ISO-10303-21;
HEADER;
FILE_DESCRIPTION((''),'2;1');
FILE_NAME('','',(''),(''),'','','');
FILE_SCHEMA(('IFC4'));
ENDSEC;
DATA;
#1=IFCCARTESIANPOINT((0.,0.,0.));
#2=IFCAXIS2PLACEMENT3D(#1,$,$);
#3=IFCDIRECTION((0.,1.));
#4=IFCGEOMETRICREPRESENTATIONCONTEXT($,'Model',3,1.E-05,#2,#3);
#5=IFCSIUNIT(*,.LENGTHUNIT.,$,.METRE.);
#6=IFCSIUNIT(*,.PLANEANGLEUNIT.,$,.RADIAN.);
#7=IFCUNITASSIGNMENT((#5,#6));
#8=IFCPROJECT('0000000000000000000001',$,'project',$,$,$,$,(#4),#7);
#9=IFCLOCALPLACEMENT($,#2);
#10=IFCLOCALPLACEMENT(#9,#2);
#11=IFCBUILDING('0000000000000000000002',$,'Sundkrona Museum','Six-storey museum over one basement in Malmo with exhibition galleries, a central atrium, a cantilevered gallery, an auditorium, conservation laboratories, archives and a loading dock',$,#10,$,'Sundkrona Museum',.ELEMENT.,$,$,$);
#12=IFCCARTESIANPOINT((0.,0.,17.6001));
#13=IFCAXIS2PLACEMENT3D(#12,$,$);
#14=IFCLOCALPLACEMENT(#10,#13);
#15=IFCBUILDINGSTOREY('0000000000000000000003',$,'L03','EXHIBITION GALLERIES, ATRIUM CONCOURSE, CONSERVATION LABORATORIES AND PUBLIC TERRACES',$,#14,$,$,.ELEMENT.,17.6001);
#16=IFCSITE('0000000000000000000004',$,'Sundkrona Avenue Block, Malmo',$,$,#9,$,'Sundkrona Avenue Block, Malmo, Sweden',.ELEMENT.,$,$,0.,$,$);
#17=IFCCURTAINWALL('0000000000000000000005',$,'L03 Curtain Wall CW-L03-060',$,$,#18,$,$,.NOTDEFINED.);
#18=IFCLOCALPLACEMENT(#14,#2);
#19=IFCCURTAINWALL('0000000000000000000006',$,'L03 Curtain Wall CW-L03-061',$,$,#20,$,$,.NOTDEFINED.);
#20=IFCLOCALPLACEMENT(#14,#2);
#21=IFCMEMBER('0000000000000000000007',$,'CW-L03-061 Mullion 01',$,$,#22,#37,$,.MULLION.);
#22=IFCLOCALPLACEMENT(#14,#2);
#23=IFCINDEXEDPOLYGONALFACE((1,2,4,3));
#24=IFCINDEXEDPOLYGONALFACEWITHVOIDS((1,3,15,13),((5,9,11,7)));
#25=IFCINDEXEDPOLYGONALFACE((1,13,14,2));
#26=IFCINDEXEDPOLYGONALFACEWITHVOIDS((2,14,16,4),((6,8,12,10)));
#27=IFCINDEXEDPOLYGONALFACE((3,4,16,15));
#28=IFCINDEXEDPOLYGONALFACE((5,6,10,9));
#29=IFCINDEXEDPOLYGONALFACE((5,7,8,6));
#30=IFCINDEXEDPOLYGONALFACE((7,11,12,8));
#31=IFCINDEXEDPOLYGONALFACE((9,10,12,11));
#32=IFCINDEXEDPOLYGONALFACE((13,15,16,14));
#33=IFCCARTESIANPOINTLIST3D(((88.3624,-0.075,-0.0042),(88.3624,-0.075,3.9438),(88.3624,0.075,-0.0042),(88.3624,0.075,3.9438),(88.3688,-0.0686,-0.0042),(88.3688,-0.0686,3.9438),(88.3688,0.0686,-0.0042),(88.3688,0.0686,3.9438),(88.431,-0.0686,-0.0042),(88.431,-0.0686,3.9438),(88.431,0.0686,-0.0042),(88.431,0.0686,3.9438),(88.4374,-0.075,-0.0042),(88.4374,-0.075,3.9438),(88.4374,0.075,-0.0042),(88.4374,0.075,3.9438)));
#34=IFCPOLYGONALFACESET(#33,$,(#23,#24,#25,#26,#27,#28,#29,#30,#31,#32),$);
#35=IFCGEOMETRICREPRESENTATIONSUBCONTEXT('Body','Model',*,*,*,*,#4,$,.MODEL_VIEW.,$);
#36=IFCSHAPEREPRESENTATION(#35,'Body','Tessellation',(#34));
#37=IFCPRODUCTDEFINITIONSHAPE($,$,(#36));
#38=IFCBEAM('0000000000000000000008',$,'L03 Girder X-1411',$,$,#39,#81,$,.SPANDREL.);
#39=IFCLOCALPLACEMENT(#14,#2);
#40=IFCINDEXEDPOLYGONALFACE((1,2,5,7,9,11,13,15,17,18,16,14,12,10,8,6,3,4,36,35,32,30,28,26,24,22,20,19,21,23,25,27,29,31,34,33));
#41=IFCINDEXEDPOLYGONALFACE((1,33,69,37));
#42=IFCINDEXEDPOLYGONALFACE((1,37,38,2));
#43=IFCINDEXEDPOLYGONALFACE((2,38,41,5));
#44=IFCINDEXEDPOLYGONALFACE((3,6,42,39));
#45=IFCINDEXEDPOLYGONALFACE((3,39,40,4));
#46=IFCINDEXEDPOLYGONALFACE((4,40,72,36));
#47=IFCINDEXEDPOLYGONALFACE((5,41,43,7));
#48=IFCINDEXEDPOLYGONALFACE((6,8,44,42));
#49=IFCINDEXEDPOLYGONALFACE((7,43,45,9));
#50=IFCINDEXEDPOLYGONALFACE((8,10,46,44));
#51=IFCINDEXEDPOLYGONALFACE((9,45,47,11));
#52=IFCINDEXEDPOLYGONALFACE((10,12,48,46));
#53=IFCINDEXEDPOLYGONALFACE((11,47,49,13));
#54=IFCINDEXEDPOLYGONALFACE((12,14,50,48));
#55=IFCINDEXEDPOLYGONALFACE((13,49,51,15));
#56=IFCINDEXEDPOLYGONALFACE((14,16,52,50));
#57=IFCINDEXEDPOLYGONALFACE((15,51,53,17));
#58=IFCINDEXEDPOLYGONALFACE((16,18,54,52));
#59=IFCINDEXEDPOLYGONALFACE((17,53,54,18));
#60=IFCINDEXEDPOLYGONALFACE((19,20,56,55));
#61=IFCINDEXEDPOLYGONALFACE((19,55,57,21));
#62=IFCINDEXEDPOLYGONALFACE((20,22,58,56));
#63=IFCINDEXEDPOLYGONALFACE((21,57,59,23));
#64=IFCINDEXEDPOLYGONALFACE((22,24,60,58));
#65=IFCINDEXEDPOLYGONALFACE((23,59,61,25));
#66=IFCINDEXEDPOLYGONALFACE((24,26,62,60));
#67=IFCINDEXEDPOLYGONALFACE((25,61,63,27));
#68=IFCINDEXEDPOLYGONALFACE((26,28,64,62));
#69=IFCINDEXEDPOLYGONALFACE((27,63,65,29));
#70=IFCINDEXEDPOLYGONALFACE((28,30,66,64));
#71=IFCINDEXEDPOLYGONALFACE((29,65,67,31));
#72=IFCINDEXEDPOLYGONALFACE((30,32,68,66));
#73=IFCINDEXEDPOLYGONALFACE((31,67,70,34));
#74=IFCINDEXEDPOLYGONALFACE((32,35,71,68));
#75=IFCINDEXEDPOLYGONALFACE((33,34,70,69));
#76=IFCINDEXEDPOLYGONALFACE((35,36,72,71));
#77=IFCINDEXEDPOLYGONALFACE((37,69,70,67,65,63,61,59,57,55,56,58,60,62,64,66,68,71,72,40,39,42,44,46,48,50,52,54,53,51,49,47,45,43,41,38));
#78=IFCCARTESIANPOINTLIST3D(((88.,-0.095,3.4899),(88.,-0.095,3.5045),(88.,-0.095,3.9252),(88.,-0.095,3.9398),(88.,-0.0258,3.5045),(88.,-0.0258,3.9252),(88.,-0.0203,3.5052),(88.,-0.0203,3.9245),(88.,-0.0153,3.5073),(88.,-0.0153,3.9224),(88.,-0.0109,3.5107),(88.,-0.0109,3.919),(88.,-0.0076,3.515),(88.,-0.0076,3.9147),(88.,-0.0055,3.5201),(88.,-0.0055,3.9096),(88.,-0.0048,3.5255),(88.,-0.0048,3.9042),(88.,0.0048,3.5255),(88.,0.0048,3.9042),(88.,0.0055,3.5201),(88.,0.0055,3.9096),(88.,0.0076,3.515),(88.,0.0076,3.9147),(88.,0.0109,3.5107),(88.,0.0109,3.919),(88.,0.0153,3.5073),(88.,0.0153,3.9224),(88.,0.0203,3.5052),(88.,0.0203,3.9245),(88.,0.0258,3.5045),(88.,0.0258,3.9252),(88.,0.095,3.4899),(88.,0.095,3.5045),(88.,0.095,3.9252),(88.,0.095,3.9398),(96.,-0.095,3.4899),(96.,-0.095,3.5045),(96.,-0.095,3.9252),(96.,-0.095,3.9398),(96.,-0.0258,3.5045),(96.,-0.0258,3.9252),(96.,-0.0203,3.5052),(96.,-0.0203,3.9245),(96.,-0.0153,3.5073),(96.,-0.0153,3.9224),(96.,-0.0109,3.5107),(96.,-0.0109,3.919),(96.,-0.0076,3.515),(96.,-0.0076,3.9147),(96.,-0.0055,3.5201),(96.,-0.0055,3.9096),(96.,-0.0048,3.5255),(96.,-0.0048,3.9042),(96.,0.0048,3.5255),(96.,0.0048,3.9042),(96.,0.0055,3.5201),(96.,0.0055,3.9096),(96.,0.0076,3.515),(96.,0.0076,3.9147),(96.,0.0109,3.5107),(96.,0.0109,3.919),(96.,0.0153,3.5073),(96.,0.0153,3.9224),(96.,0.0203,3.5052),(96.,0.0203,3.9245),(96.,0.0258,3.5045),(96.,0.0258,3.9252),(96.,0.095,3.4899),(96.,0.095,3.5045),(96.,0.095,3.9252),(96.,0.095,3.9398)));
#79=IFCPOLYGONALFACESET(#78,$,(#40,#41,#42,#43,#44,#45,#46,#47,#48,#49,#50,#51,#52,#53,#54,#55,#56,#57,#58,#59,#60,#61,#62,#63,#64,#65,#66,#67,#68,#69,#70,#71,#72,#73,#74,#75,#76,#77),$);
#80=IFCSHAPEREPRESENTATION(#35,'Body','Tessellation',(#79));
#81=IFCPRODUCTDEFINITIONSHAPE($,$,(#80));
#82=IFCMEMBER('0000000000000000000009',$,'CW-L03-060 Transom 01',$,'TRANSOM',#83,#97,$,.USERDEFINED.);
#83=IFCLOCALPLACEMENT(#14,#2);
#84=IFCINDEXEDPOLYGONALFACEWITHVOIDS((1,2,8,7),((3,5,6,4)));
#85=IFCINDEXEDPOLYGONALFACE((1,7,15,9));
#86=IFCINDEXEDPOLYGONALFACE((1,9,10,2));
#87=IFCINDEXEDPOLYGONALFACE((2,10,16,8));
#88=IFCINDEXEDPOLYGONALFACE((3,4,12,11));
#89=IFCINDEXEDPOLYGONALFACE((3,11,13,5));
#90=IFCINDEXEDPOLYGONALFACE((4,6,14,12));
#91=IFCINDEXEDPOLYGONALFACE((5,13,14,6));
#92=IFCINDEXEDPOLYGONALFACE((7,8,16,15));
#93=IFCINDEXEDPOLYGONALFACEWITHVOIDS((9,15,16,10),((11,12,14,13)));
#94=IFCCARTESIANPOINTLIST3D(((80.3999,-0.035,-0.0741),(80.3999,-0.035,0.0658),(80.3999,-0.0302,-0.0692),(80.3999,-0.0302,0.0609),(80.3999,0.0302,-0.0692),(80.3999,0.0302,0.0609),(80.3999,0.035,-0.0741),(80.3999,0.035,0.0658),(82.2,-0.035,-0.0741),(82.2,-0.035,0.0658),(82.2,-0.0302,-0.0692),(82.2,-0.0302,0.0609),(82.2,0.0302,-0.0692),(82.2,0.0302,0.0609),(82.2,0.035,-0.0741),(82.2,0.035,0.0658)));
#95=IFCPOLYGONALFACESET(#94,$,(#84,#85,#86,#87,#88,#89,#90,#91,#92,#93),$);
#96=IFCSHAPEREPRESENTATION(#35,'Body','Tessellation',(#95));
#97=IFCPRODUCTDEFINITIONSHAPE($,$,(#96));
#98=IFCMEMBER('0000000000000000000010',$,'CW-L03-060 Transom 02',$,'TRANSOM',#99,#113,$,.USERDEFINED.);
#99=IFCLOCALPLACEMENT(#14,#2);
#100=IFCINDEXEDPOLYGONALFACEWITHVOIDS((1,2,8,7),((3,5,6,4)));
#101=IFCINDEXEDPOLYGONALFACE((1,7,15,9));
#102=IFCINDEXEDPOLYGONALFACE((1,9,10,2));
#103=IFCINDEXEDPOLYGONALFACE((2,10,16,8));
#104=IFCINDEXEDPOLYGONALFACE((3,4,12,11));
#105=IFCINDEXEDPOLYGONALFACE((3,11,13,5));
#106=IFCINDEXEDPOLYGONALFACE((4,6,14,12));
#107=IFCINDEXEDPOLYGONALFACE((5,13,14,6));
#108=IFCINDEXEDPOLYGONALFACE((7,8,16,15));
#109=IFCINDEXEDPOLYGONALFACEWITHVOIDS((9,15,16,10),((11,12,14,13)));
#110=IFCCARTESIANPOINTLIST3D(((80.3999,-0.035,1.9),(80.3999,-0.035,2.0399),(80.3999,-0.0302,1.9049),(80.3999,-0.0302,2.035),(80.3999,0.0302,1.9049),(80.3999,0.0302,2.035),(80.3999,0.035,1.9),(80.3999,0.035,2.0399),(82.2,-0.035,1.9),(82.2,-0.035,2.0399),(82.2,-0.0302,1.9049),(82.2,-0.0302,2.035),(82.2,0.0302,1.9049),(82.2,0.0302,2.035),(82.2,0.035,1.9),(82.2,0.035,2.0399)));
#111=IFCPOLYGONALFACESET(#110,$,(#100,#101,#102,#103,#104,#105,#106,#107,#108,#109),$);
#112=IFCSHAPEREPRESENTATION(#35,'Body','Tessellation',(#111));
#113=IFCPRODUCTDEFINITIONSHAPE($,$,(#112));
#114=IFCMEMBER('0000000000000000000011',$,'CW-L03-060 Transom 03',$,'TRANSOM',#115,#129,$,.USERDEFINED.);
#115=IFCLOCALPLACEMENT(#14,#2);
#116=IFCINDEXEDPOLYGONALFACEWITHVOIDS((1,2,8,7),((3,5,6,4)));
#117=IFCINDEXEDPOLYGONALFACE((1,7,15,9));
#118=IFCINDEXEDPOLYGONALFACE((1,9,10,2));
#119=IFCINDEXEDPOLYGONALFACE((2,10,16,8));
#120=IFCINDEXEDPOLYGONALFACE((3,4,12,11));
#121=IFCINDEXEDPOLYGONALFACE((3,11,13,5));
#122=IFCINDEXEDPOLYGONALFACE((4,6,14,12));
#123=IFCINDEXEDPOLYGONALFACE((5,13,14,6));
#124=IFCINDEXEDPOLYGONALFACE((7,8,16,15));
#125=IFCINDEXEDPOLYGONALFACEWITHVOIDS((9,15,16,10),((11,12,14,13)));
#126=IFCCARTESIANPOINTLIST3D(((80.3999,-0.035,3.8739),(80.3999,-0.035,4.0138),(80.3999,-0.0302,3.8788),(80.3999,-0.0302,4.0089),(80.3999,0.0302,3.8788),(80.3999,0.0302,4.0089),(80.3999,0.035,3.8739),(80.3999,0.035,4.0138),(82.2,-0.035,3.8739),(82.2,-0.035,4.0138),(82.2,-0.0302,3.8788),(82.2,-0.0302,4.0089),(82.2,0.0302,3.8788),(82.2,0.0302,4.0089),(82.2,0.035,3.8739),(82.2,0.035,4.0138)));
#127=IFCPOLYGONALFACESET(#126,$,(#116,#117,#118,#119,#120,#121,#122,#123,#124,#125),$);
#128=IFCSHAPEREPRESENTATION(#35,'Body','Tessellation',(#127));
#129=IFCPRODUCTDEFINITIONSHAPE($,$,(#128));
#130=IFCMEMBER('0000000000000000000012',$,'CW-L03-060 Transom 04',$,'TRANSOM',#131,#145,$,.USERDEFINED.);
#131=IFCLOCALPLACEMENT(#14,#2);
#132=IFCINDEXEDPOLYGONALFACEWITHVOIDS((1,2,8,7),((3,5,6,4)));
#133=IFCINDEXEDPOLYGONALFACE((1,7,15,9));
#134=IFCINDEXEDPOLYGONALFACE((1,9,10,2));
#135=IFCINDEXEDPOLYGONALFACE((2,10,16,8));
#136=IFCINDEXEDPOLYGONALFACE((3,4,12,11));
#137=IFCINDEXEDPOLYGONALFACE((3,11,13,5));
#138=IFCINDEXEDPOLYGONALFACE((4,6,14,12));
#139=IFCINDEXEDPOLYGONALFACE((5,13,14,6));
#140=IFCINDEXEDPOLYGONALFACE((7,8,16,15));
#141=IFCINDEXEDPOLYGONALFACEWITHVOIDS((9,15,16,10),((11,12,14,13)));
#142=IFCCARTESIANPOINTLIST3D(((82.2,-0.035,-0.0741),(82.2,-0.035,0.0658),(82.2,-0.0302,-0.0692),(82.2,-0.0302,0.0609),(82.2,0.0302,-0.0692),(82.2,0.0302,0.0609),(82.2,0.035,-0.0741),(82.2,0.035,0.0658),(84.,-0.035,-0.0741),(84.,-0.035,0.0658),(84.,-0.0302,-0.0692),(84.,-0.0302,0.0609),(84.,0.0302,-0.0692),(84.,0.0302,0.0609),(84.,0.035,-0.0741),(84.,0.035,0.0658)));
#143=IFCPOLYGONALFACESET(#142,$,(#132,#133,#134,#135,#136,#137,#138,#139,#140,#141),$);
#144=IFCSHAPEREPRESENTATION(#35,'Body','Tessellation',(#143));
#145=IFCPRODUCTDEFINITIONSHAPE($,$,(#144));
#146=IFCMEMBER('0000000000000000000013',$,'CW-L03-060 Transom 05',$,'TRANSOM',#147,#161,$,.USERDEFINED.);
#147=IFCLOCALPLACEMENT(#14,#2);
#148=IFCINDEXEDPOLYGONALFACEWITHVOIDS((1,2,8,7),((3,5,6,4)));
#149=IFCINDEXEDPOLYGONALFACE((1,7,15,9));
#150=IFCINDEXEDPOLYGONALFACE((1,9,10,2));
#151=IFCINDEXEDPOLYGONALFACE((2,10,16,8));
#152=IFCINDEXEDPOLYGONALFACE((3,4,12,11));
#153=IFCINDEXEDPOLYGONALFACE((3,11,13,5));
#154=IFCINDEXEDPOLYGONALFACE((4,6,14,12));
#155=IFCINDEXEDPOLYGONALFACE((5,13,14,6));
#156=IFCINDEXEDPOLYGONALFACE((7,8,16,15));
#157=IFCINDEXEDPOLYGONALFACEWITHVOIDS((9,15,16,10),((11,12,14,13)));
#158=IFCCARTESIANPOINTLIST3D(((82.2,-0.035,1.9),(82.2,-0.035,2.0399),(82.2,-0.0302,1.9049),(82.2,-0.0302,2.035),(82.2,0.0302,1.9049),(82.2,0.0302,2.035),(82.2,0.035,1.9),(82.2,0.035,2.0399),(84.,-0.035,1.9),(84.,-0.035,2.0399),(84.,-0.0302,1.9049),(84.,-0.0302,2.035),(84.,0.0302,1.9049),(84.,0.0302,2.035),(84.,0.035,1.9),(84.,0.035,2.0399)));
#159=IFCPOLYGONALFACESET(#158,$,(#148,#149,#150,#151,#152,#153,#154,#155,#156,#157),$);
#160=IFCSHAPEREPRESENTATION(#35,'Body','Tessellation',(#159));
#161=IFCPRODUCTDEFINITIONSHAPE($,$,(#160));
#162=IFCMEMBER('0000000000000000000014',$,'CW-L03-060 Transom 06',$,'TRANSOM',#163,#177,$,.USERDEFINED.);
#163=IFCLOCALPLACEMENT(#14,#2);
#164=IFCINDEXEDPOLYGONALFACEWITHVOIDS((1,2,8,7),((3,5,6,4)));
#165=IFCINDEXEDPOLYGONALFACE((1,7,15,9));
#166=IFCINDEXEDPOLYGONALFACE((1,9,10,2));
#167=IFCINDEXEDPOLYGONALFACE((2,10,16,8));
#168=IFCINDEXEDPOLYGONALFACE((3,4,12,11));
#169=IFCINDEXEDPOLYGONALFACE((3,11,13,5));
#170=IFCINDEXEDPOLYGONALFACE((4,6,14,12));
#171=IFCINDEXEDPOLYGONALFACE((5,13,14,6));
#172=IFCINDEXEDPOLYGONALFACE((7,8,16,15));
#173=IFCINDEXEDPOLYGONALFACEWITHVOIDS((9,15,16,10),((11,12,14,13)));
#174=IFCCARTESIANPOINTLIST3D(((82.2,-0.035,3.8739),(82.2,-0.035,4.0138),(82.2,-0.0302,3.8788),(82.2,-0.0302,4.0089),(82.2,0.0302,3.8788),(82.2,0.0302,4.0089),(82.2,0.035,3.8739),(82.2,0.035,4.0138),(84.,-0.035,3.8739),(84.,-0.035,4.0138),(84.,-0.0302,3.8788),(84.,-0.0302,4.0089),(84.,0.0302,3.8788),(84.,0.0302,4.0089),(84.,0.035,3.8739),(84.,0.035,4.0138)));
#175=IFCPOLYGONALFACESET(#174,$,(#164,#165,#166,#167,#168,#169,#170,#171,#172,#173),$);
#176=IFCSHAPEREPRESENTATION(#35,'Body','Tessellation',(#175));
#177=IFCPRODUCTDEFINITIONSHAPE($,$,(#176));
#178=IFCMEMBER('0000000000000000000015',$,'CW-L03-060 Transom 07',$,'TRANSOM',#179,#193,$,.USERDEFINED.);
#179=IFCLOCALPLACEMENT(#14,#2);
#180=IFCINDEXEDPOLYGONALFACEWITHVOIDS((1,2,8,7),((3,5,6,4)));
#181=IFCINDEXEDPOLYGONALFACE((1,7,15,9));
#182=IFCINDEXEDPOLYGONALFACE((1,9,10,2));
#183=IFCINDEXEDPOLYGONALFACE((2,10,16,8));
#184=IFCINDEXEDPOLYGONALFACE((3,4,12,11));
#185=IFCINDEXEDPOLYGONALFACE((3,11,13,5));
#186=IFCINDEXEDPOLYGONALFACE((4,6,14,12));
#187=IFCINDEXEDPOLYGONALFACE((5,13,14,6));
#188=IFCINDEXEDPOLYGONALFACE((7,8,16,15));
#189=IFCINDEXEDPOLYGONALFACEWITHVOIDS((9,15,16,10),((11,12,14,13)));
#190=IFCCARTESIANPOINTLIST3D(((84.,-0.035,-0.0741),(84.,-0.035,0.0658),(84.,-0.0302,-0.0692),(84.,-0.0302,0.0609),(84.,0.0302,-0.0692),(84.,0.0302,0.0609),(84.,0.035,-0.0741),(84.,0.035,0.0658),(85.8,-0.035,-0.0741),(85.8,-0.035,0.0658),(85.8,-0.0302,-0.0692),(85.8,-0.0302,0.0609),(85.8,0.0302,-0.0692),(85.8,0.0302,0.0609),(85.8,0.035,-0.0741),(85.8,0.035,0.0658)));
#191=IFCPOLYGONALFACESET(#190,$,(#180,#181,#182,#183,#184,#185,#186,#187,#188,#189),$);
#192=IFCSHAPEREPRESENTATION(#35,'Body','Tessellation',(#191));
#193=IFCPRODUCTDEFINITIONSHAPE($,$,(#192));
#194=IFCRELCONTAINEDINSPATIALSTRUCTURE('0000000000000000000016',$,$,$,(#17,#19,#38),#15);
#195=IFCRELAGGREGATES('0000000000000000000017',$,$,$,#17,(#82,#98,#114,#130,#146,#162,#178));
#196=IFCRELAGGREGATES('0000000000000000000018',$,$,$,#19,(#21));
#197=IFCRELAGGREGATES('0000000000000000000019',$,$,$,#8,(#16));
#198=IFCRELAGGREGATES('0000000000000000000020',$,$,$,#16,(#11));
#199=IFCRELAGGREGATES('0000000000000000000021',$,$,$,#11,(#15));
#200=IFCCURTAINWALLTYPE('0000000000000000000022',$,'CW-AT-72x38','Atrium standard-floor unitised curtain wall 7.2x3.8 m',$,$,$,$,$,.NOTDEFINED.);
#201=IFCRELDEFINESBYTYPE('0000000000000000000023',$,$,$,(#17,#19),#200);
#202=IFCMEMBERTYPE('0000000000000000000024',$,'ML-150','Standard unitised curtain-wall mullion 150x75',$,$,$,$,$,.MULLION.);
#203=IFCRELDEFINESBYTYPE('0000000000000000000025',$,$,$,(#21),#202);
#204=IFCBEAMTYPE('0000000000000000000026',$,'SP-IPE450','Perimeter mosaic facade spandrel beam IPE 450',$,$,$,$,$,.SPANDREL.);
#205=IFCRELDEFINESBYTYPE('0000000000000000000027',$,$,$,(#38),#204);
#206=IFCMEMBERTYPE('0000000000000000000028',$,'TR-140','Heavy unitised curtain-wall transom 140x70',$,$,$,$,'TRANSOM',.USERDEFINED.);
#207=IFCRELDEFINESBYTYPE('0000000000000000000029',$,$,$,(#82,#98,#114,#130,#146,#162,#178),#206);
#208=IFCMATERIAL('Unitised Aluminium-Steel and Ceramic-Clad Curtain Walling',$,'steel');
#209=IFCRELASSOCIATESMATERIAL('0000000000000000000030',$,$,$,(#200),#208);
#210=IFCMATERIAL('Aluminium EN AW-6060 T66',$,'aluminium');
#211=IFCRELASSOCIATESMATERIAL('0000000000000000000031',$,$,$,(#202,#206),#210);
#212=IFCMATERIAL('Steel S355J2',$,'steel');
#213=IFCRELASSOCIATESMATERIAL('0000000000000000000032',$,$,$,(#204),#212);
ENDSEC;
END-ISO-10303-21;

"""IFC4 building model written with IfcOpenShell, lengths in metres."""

from ifc_helpers import new_model, si_unit, direction, frame, origin, origin_2d, place, context, subcontext, project, spatial, hollow_rectangle, i_section, extrude, material, material_profile, profile_set, type_object, element, aggregate, save


model = new_model("IFC4")

# Units and contexts
model_context = context("Model", 3, precision=1e-05, world=origin(), true_north=direction((0.0, 1.0)))
body_context = subcontext(model_context, "Body", "Model", "MODEL_VIEW")
ifc_project = project(units=[si_unit("LENGTHUNIT", "METRE"), si_unit("PLANEANGLEUNIT", "RADIAN")], contexts=[model_context])

# Site, building, storey
site_placement = place(None, origin())
site = spatial("IfcSite", under=ifc_project, at=site_placement, Name="Sundkrona Avenue Block, Malmo", LongName="Sundkrona Avenue Block, Malmo, Sweden", CompositionType="ELEMENT", RefElevation=0.0)
building_placement = place(site_placement, origin())
building = spatial("IfcBuilding", under=site, at=building_placement, Name="Sundkrona Museum", Description="Six-storey museum over one basement in Malmo with exhibition galleries, a central atrium, a cantilevered gallery, an auditorium, conservation laboratories, archives and a loading dock", LongName="Sundkrona Museum", CompositionType="ELEMENT")
storey_placement = place(building_placement, frame((0.0, 0.0, 17.6001)))
storey = spatial("IfcBuildingStorey", under=building, at=storey_placement, Name="L03", Description="EXHIBITION GALLERIES, ATRIUM CONCOURSE, CONSERVATION LABORATORIES AND PUBLIC TERRACES", CompositionType="ELEMENT", Elevation=17.6001)

# Shared definitions
ifc_material_1 = material(Name="Steel S355J2", Category="steel")

# Curtain wall
ifc_material_2 = material(Name="Unitised Aluminium-Steel and Ceramic-Clad Curtain Walling", Category="steel")
curtain_wall_type = type_object("IfcCurtainWallType", Name="CW-AT-72x38", Description="Atrium standard-floor unitised curtain wall 7.2x3.8 m", PredefinedType="NOTDEFINED", material=ifc_material_2)
curtain_wall_1_placement = place(storey_placement, origin())
curtain_wall_1 = element("IfcCurtainWall", 1, at=curtain_wall_1_placement, inside=storey, type_object=curtain_wall_type, Name="L03 Curtain Wall CW-L03-060", PredefinedType="NOTDEFINED")
ifc_material_3 = material(Name="Aluminium EN AW-6060 T66", Category="aluminium")
ifc_material_profile_1 = material_profile(ifc_material_3, hollow_rectangle(XDim=0.075, YDim=0.1499, WallThickness=0.0063, at=origin_2d()), Name="RHS 150x75x6.3")
ifc_profile_set_1 = profile_set([ifc_material_profile_1], Name="Aluminium EN AW-6060 T66")
member_type_1 = type_object("IfcMemberType", Name="ML-150", Description="Standard unitised curtain-wall mullion 150x75", PredefinedType="MULLION", material=ifc_profile_set_1)

# Curtain wall, member
curtain_wall_2_placement = place(storey_placement, origin())
curtain_wall_2 = element("IfcCurtainWall", 2, at=curtain_wall_2_placement, inside=storey, type_object=curtain_wall_type, Name="L03 Curtain Wall CW-L03-061", PredefinedType="NOTDEFINED")
member_1_placement = place(storey_placement, frame((88.3999, 0.0, -0.0042), z_axis=(0.0, 0.0, 1.0), x_axis=(1.0, 0.0, 0.0)))
member_1 = element("IfcMember", 3, at=member_1_placement, type_object=member_type_1, Name="CW-L03-061 Mullion 01", PredefinedType="MULLION", context=body_context, shape_type="SweptSolid", body=[
    extrude(hollow_rectangle(XDim=0.075, YDim=0.1499, WallThickness=0.0063, at=origin_2d()), origin(), (0.0, 0.0, 1.0), 3.948),
])

# Beam
ifc_material_profile_2 = material_profile(ifc_material_1, i_section(OverallWidth=0.1899, OverallDepth=0.45, WebThickness=0.0095, FlangeThickness=0.0146, FilletRadius=0.021, at=origin_2d()), Name="IPE 450")
ifc_profile_set_2 = profile_set([ifc_material_profile_2], Name="Steel S355J2")
beam_type_1 = type_object("IfcBeamType", Name="SP-IPE450", Description="Perimeter mosaic facade spandrel beam IPE 450", PredefinedType="SPANDREL", material=ifc_profile_set_2)
beam_1_placement = place(storey_placement, frame((88.0, 0.0, 3.7148), z_axis=(1.0, 0.0, 0.0), x_axis=(0.0, 1.0, 0.0)))
element("IfcBeam", 4, at=beam_1_placement, inside=storey, type_object=beam_type_1, Name="L03 Girder X-1411", PredefinedType="SPANDREL", context=body_context, shape_type="SweptSolid", body=[
    extrude(i_section(OverallWidth=0.1899, OverallDepth=0.45, WebThickness=0.0095, FlangeThickness=0.0146, FilletRadius=0.021, at=origin_2d()), origin(), (0.0, 0.0, 1.0), 8.0),
])

# Members
ifc_material_profile_3 = material_profile(ifc_material_3, hollow_rectangle(XDim=0.0701, YDim=0.1399, WallThickness=0.0049, at=origin_2d()), Name="RHS 140x70x5.0")
ifc_profile_set_3 = profile_set([ifc_material_profile_3], Name="Aluminium EN AW-6060 T66")
member_type_2 = type_object("IfcMemberType", Name="TR-140", Description="Heavy unitised curtain-wall transom 140x70", ElementType="TRANSOM", PredefinedType="USERDEFINED", material=ifc_profile_set_3)
member_2_placement = place(storey_placement, frame((80.3999, 0.0, -0.0042), z_axis=(1.0, 0.0, 0.0), x_axis=(0.0, 1.0, 0.0)))
member_2 = element("IfcMember", 5, at=member_2_placement, type_object=member_type_2, Name="CW-L03-060 Transom 01", ObjectType="TRANSOM", PredefinedType="USERDEFINED", context=body_context, shape_type="SweptSolid", body=[
    extrude(hollow_rectangle(XDim=0.0701, YDim=0.1399, WallThickness=0.0049, at=origin_2d()), origin(), (0.0, 0.0, 1.0), 1.8),
])
member_3_placement = place(storey_placement, frame((80.3999, 0.0, 1.97), z_axis=(1.0, 0.0, 0.0), x_axis=(0.0, 1.0, 0.0)))
member_3 = element("IfcMember", 6, at=member_3_placement, type_object=member_type_2, Name="CW-L03-060 Transom 02", ObjectType="TRANSOM", PredefinedType="USERDEFINED", context=body_context, shape_type="SweptSolid", body=[
    extrude(hollow_rectangle(XDim=0.0701, YDim=0.1399, WallThickness=0.0049, at=origin_2d()), origin(), (0.0, 0.0, 1.0), 1.8),
])
member_4_placement = place(storey_placement, frame((80.3999, 0.0, 3.9438), z_axis=(1.0, 0.0, 0.0), x_axis=(0.0, 1.0, 0.0)))
member_4 = element("IfcMember", 7, at=member_4_placement, type_object=member_type_2, Name="CW-L03-060 Transom 03", ObjectType="TRANSOM", PredefinedType="USERDEFINED", context=body_context, shape_type="SweptSolid", body=[
    extrude(hollow_rectangle(XDim=0.0701, YDim=0.1399, WallThickness=0.0049, at=origin_2d()), origin(), (0.0, 0.0, 1.0), 1.8),
])
member_5_placement = place(storey_placement, frame((82.2, 0.0, -0.0042), z_axis=(1.0, 0.0, 0.0), x_axis=(0.0, 1.0, 0.0)))
member_5 = element("IfcMember", 8, at=member_5_placement, type_object=member_type_2, Name="CW-L03-060 Transom 04", ObjectType="TRANSOM", PredefinedType="USERDEFINED", context=body_context, shape_type="SweptSolid", body=[
    extrude(hollow_rectangle(XDim=0.0701, YDim=0.1399, WallThickness=0.0049, at=origin_2d()), origin(), (0.0, 0.0, 1.0), 1.8),
])
member_6_placement = place(storey_placement, frame((82.2, 0.0, 1.97), z_axis=(1.0, 0.0, 0.0), x_axis=(0.0, 1.0, 0.0)))
member_6 = element("IfcMember", 9, at=member_6_placement, type_object=member_type_2, Name="CW-L03-060 Transom 05", ObjectType="TRANSOM", PredefinedType="USERDEFINED", context=body_context, shape_type="SweptSolid", body=[
    extrude(hollow_rectangle(XDim=0.0701, YDim=0.1399, WallThickness=0.0049, at=origin_2d()), origin(), (0.0, 0.0, 1.0), 1.8),
])
member_7_placement = place(storey_placement, frame((82.2, 0.0, 3.9438), z_axis=(1.0, 0.0, 0.0), x_axis=(0.0, 1.0, 0.0)))
member_7 = element("IfcMember", 10, at=member_7_placement, type_object=member_type_2, Name="CW-L03-060 Transom 06", ObjectType="TRANSOM", PredefinedType="USERDEFINED", context=body_context, shape_type="SweptSolid", body=[
    extrude(hollow_rectangle(XDim=0.0701, YDim=0.1399, WallThickness=0.0049, at=origin_2d()), origin(), (0.0, 0.0, 1.0), 1.8),
])
member_8_placement = place(storey_placement, frame((84.0, 0.0, -0.0042), z_axis=(1.0, 0.0, 0.0), x_axis=(0.0, 1.0, 0.0)))
member_8 = element("IfcMember", 11, at=member_8_placement, type_object=member_type_2, Name="CW-L03-060 Transom 07", ObjectType="TRANSOM", PredefinedType="USERDEFINED", context=body_context, shape_type="SweptSolid", body=[
    extrude(hollow_rectangle(XDim=0.0701, YDim=0.1399, WallThickness=0.0049, at=origin_2d()), origin(), (0.0, 0.0, 1.0), 1.8),
])

aggregate(curtain_wall_1, [member_2, member_3, member_4, member_5, member_6, member_7, member_8])
aggregate(curtain_wall_2, [member_1])

save(model, "model.ifc")
